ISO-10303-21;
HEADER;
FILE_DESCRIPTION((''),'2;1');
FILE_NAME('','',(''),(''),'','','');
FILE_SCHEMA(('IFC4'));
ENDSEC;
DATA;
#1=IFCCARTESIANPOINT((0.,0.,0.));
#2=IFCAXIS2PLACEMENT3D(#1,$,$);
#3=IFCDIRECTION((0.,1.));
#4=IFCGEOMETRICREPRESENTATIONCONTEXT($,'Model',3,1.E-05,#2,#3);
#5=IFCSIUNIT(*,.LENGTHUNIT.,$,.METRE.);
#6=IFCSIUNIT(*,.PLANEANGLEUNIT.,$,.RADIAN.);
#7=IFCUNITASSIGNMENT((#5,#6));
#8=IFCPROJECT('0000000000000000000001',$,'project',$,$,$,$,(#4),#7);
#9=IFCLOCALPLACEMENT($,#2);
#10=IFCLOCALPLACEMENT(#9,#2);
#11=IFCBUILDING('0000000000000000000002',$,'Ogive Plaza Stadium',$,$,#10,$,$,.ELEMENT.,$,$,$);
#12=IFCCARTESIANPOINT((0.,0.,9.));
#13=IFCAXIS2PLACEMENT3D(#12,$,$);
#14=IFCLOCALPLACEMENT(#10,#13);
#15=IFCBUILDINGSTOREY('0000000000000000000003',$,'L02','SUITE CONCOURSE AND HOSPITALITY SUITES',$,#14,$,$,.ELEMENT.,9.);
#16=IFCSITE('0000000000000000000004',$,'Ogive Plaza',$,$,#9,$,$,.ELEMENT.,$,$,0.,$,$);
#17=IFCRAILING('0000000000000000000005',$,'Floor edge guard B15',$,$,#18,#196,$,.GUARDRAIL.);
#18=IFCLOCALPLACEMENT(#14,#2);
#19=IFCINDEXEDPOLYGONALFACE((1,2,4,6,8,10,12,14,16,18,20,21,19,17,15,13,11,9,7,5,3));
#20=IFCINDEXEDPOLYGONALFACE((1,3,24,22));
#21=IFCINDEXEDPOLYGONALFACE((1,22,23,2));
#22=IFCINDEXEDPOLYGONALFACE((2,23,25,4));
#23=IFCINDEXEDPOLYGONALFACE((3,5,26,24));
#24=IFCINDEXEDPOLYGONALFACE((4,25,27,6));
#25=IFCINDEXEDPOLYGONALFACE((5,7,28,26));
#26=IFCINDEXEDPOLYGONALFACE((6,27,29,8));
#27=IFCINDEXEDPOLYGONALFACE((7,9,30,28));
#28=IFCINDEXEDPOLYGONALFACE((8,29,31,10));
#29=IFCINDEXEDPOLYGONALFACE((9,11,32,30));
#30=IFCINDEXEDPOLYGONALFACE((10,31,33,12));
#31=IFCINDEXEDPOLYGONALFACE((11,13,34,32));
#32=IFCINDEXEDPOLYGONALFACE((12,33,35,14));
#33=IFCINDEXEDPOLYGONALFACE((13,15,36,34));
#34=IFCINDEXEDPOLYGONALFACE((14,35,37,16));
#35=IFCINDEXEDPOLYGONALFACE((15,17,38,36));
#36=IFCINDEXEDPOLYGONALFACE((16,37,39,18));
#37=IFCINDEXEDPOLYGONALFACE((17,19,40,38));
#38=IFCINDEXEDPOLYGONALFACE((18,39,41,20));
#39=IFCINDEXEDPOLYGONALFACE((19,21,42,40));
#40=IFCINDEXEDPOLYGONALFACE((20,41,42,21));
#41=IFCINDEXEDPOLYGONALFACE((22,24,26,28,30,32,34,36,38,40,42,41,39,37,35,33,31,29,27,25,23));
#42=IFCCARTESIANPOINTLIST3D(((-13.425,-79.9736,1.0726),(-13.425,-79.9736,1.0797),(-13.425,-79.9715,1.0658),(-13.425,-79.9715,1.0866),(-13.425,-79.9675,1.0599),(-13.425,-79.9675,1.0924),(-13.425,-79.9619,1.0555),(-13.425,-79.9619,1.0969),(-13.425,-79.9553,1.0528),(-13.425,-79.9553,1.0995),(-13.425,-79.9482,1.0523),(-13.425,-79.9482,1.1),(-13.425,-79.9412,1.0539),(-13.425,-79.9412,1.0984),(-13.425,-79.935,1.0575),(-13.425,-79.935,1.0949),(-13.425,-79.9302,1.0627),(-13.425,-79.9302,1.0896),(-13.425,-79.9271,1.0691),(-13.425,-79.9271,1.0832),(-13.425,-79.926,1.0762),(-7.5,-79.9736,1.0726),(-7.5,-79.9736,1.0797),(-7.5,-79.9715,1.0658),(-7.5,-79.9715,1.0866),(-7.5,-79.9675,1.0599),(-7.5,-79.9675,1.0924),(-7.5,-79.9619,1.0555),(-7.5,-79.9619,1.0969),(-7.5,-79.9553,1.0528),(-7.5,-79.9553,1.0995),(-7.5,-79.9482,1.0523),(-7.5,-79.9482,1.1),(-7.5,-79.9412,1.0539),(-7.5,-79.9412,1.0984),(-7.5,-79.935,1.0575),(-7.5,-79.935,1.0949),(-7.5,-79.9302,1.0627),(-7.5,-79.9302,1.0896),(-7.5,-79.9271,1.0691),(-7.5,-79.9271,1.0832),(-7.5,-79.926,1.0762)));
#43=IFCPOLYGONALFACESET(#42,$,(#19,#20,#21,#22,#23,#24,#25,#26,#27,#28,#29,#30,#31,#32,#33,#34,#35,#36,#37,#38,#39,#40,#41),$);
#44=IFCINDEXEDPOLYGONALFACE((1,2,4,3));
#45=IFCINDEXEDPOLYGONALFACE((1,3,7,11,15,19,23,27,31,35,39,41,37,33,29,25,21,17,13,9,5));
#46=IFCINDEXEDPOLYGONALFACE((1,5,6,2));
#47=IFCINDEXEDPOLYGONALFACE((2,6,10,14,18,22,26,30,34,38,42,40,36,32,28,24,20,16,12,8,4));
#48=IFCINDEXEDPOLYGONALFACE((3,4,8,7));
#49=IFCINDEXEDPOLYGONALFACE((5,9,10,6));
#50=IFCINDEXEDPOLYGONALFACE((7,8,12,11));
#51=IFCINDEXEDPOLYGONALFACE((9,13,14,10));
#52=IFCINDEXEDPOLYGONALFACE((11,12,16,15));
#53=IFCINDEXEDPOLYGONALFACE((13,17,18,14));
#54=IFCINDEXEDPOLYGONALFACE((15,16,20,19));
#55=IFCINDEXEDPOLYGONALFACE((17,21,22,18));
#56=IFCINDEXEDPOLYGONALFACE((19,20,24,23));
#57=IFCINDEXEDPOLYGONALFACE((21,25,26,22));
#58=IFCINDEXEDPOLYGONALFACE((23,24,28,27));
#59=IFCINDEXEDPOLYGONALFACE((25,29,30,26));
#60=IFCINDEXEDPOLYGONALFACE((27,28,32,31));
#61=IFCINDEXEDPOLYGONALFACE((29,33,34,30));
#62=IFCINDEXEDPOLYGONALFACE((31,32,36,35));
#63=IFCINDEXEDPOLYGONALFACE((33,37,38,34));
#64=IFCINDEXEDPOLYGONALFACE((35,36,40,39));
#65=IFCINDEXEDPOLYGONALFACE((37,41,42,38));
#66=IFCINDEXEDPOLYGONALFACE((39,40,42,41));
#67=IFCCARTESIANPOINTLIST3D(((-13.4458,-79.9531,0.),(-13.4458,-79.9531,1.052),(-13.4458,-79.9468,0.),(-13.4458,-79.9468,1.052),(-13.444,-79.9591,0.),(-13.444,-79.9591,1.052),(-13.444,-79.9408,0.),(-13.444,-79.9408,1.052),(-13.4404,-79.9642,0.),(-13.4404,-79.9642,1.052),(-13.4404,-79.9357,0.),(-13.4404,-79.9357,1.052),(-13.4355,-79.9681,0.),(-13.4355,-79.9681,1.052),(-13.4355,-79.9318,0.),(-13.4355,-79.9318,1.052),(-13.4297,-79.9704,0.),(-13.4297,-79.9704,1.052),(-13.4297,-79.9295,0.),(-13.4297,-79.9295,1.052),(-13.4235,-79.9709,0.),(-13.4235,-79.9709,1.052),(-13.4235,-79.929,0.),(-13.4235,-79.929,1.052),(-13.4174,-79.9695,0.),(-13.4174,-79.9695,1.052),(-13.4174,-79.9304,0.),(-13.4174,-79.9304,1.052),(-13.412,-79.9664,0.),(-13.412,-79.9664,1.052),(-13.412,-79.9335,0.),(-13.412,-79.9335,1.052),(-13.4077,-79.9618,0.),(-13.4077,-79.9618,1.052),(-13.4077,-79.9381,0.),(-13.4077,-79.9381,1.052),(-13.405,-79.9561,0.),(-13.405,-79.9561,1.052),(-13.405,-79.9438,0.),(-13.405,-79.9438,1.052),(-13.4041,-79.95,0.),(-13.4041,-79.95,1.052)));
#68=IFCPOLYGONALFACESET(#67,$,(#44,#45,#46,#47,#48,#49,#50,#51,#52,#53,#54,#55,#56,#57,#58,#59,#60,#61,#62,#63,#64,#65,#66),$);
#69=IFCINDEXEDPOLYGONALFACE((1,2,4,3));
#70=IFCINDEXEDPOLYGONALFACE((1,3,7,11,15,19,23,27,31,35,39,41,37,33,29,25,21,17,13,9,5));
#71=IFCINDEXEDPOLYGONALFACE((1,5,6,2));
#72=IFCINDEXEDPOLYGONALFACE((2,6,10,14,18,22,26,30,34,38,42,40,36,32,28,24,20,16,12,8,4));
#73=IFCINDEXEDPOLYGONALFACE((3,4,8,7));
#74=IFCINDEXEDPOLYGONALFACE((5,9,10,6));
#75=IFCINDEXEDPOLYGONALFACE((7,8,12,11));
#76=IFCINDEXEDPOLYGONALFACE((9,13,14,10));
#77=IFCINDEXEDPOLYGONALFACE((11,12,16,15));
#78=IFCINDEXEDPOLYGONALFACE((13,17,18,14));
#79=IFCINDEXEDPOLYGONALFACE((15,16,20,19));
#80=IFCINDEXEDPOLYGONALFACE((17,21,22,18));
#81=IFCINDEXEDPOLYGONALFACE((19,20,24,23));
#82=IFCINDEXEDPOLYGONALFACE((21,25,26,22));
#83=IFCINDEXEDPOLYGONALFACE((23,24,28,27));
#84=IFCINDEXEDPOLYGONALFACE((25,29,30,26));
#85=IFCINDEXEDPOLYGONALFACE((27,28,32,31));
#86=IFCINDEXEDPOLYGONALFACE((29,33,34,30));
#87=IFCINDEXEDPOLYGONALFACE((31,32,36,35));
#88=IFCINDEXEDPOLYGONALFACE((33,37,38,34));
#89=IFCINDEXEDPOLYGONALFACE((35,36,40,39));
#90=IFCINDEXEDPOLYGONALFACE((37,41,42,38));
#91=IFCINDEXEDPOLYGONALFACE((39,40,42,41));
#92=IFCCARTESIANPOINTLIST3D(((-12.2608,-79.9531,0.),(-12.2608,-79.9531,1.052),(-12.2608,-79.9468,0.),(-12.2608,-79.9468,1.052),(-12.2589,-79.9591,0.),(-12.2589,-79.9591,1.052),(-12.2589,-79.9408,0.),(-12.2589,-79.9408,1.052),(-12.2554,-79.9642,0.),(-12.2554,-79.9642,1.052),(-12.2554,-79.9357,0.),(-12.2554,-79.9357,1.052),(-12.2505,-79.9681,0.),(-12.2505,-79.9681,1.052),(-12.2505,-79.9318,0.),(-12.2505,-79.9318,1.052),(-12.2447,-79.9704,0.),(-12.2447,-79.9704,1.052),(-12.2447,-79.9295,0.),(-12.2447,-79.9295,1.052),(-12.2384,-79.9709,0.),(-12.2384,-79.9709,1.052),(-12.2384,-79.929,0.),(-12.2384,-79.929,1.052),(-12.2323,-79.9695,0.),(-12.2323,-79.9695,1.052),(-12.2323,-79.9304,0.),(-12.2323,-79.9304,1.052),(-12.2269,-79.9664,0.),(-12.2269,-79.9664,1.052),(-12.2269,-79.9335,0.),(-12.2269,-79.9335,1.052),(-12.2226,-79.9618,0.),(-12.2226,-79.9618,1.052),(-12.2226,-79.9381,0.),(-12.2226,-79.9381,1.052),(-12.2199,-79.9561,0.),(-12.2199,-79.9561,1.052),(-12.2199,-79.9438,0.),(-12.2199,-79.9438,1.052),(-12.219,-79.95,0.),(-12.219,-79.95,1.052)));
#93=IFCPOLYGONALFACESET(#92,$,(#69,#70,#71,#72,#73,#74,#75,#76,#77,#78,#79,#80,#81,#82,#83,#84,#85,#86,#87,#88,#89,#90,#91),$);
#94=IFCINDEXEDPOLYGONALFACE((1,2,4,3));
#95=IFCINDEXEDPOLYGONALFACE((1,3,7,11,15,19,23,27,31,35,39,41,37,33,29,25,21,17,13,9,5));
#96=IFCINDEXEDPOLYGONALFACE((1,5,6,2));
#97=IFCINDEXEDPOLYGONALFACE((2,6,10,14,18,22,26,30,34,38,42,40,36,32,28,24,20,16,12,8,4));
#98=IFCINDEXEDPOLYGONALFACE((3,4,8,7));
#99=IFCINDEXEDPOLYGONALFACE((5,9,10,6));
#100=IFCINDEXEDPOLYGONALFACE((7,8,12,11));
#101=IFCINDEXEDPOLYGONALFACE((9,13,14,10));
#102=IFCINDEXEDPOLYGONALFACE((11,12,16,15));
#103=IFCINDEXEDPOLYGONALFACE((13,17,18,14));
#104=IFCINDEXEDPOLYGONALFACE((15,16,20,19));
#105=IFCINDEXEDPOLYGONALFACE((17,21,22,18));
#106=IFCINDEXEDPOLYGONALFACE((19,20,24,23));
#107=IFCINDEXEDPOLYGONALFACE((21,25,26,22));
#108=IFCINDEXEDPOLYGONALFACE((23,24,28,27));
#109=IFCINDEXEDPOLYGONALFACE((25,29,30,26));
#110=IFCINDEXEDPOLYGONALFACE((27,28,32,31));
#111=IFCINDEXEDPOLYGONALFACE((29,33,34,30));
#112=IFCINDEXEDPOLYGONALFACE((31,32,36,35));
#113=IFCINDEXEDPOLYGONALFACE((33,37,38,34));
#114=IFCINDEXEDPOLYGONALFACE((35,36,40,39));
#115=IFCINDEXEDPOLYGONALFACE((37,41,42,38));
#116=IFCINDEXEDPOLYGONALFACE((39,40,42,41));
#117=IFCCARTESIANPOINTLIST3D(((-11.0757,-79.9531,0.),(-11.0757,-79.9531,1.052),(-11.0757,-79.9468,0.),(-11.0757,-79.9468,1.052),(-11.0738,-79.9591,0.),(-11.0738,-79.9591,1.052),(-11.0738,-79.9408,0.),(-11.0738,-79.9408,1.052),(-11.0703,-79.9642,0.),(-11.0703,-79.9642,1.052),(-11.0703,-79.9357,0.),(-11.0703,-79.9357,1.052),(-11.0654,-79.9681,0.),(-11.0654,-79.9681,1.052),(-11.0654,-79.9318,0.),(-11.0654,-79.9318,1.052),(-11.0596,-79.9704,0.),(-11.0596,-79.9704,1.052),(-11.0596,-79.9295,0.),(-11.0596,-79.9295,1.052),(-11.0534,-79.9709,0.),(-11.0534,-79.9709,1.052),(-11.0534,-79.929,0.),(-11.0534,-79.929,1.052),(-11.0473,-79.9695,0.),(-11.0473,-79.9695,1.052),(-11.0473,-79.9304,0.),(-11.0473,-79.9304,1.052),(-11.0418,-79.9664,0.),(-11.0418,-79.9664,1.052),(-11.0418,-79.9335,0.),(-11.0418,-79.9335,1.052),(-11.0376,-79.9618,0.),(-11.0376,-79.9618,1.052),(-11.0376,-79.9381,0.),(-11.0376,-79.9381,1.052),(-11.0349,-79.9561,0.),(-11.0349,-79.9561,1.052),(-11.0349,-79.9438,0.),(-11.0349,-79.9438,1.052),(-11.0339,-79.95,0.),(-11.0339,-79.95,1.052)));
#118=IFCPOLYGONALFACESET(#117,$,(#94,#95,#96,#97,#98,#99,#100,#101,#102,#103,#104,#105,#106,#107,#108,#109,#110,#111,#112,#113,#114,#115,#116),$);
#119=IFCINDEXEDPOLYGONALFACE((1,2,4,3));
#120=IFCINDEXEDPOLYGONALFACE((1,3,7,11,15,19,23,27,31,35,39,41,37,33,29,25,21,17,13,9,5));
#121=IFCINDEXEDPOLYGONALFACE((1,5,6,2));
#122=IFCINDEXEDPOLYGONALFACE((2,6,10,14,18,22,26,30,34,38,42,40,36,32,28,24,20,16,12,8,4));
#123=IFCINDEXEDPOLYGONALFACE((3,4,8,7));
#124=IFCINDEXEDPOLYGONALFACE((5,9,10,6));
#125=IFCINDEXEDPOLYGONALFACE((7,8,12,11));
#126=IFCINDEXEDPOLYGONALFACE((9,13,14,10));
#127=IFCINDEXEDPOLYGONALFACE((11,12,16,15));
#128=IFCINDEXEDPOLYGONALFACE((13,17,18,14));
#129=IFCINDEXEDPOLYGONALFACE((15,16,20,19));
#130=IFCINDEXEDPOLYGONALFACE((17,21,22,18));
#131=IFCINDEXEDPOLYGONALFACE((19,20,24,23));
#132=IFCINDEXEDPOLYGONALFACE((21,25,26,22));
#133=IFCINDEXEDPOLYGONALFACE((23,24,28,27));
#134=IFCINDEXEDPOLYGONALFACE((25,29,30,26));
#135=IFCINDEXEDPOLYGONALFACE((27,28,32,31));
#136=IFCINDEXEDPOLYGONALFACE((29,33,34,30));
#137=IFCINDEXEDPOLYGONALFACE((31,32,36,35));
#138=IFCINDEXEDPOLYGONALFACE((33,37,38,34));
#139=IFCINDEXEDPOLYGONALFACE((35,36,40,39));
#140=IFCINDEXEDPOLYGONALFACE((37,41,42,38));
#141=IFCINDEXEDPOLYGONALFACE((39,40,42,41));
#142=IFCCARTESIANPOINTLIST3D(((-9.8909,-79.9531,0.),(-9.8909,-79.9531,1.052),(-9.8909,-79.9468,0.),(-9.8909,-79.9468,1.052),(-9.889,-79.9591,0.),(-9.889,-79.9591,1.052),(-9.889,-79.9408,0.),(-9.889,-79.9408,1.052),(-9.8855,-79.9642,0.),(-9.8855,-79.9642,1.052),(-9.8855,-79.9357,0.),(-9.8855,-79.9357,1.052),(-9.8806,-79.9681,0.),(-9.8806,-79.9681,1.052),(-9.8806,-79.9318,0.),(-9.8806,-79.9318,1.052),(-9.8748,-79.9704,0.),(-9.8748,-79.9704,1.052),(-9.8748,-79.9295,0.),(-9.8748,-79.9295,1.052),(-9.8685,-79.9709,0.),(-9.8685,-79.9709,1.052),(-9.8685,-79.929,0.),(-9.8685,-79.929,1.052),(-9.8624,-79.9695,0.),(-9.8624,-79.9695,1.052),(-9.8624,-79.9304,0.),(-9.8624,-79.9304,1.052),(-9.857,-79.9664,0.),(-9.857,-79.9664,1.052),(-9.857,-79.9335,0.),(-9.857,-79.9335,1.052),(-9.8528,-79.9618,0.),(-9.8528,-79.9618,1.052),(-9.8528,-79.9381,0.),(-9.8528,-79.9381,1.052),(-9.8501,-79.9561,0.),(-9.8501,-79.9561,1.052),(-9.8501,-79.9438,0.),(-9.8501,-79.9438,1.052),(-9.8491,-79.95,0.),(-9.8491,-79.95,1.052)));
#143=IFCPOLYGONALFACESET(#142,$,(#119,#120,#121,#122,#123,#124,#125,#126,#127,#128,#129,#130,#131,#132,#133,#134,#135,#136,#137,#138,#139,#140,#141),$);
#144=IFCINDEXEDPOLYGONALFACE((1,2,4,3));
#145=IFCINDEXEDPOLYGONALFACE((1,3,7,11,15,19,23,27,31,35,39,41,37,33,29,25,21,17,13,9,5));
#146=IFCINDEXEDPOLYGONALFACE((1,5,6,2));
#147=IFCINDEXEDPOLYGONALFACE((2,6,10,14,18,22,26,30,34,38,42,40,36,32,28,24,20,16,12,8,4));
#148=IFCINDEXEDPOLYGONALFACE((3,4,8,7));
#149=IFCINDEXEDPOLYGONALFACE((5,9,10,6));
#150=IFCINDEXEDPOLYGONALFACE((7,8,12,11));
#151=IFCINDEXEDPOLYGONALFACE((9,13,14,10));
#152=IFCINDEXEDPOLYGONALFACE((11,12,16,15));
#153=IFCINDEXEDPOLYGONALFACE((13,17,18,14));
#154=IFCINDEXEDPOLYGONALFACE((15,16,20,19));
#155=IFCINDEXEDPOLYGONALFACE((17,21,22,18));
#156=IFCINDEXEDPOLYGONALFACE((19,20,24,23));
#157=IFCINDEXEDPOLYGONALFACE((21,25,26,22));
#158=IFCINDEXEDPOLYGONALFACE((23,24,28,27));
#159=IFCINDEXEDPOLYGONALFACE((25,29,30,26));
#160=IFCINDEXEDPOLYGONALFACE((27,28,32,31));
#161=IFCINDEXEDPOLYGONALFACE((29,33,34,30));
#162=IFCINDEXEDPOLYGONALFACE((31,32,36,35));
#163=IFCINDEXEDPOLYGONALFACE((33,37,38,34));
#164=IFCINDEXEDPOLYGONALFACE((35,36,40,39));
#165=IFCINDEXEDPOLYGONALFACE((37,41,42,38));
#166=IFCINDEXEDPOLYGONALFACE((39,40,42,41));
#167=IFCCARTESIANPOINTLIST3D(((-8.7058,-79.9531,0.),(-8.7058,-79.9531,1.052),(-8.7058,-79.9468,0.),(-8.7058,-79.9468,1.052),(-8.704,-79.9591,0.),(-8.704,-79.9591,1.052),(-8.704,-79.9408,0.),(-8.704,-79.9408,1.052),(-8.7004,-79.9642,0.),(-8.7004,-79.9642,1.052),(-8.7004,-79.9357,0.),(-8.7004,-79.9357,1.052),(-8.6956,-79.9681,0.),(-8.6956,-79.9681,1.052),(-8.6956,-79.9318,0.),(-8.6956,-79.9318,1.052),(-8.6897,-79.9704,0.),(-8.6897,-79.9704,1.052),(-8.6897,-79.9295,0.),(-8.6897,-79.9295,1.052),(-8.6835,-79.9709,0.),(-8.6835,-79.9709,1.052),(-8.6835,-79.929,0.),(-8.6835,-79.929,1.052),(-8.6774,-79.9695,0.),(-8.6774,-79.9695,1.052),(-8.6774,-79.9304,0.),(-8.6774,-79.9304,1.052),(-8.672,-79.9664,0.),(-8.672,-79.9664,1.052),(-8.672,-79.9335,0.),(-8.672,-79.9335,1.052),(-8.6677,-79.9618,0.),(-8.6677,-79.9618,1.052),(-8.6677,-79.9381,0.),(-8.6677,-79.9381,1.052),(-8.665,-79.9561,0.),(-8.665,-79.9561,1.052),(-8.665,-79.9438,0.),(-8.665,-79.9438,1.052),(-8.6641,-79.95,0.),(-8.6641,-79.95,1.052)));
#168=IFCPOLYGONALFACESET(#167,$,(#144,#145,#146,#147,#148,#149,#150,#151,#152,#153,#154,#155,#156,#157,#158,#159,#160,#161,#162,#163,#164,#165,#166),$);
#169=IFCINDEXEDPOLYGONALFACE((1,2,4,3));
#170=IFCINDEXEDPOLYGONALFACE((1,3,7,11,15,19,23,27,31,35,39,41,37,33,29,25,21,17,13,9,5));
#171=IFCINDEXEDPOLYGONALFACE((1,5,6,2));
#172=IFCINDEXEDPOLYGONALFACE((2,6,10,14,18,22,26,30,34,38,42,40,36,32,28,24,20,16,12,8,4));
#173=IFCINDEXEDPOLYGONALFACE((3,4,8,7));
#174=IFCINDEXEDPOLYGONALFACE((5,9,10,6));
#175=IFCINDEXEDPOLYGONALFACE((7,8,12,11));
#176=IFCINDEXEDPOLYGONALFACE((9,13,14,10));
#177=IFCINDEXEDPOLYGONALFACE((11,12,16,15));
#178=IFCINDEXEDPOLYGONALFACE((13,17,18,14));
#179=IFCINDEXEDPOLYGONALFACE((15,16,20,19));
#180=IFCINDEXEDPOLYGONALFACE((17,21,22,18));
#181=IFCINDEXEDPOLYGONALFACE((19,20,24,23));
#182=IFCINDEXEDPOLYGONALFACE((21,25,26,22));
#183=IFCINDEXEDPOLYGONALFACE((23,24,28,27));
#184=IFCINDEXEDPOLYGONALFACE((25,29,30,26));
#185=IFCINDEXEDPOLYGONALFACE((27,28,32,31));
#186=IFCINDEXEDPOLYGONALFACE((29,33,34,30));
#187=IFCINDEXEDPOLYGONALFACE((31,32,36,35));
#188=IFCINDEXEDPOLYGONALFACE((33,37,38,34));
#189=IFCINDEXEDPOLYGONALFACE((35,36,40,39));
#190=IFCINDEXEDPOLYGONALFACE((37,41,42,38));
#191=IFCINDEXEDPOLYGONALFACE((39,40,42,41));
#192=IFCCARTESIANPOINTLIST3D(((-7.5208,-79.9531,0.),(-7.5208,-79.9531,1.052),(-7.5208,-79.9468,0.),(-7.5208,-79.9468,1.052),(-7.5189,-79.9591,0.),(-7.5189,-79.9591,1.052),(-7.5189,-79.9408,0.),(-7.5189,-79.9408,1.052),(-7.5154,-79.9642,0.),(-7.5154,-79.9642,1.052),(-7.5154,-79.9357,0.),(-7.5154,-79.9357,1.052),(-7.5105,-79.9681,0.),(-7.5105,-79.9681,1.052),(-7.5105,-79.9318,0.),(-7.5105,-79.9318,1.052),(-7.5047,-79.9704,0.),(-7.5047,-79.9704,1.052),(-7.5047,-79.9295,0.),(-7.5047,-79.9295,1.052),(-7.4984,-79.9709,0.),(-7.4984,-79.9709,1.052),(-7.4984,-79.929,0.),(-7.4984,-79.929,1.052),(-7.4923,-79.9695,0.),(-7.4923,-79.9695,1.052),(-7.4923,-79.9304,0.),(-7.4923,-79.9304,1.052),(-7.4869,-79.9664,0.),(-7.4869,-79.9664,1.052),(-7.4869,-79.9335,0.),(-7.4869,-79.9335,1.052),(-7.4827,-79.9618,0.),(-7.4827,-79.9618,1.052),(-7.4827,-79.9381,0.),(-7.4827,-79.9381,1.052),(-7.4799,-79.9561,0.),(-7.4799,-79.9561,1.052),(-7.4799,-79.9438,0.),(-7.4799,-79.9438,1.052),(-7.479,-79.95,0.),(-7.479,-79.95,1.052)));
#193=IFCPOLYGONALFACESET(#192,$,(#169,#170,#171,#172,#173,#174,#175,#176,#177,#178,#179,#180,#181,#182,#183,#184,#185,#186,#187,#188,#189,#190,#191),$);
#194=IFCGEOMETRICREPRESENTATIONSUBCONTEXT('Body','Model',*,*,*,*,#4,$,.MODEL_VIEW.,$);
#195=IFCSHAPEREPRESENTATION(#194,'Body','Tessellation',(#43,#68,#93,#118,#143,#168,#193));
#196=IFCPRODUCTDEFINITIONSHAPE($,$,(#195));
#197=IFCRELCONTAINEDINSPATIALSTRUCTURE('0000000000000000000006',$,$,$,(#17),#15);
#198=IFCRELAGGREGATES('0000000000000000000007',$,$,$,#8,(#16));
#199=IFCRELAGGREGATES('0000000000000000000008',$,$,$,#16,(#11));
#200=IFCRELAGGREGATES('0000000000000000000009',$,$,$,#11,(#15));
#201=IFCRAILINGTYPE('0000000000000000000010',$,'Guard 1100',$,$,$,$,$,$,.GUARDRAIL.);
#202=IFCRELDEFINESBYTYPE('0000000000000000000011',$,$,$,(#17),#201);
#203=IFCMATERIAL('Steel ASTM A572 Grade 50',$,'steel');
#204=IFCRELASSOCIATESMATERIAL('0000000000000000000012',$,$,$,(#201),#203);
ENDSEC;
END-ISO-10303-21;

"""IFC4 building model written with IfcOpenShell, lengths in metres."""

from ifc_helpers import new_model, si_unit, direction, frame, origin, origin_2d, place, context, subcontext, project, spatial, circle, extrude, material, type_object, element, save


model = new_model("IFC4")

# Units and contexts
model_context = context("Model", 3, precision=1e-05, world=origin(), true_north=direction((0.0, 1.0)))
body_context = subcontext(model_context, "Body", "Model", "MODEL_VIEW")
ifc_project = project(units=[si_unit("LENGTHUNIT", "METRE"), si_unit("PLANEANGLEUNIT", "RADIAN")], contexts=[model_context])

# Site, building, storey
site_placement = place(None, origin())
site = spatial("IfcSite", under=ifc_project, at=site_placement, Name="Ogive Plaza", CompositionType="ELEMENT", RefElevation=0.0)
building_placement = place(site_placement, origin())
building = spatial("IfcBuilding", under=site, at=building_placement, Name="Ogive Plaza Stadium", CompositionType="ELEMENT")
storey_placement = place(building_placement, frame((0.0, 0.0, 9.0)))
storey = spatial("IfcBuildingStorey", under=building, at=storey_placement, Name="L02", Description="SUITE CONCOURSE AND HOSPITALITY SUITES", CompositionType="ELEMENT", Elevation=9.0)

# Railing
ifc_material_1 = material(Name="Steel ASTM A572 Grade 50", Category="steel")
railing_type_1 = type_object("IfcRailingType", Name="Guard 1100", PredefinedType="GUARDRAIL", material=ifc_material_1)
railing_1_placement = place(storey_placement, frame((-13.425, -79.95, 0.0)))
element("IfcRailing", 1, at=railing_1_placement, inside=storey, type_object=railing_type_1, Name="Floor edge guard B15", PredefinedType="GUARDRAIL", context=body_context, shape_type="SweptSolid", body=[
    extrude(circle(Radius=0.0239, at=origin_2d()), frame((0.0, 0.0, 1.0762), z_axis=(1.0, 0.0, 0.0), x_axis=(0.0, 1.0, 0.0)), (0.0, 0.0, 1.0), 5.925),
    extrude(circle(Radius=0.021, at=origin_2d()), origin(), (0.0, 0.0, 1.0), 1.052),
    extrude(circle(Radius=0.021, at=origin_2d()), frame((1.1851, 0.0, 0.0)), (0.0, 0.0, 1.0), 1.052),
    extrude(circle(Radius=0.021, at=origin_2d()), frame((2.3701, 0.0, 0.0)), (0.0, 0.0, 1.0), 1.052),
    extrude(circle(Radius=0.021, at=origin_2d()), frame((3.5549, 0.0, 0.0)), (0.0, 0.0, 1.0), 1.052),
    extrude(circle(Radius=0.021, at=origin_2d()), frame((4.74, 0.0, 0.0)), (0.0, 0.0, 1.0), 1.052),
    extrude(circle(Radius=0.021, at=origin_2d()), frame((5.925, 0.0, 0.0)), (0.0, 0.0, 1.0), 1.052),
])

save(model, "model.ifc")
